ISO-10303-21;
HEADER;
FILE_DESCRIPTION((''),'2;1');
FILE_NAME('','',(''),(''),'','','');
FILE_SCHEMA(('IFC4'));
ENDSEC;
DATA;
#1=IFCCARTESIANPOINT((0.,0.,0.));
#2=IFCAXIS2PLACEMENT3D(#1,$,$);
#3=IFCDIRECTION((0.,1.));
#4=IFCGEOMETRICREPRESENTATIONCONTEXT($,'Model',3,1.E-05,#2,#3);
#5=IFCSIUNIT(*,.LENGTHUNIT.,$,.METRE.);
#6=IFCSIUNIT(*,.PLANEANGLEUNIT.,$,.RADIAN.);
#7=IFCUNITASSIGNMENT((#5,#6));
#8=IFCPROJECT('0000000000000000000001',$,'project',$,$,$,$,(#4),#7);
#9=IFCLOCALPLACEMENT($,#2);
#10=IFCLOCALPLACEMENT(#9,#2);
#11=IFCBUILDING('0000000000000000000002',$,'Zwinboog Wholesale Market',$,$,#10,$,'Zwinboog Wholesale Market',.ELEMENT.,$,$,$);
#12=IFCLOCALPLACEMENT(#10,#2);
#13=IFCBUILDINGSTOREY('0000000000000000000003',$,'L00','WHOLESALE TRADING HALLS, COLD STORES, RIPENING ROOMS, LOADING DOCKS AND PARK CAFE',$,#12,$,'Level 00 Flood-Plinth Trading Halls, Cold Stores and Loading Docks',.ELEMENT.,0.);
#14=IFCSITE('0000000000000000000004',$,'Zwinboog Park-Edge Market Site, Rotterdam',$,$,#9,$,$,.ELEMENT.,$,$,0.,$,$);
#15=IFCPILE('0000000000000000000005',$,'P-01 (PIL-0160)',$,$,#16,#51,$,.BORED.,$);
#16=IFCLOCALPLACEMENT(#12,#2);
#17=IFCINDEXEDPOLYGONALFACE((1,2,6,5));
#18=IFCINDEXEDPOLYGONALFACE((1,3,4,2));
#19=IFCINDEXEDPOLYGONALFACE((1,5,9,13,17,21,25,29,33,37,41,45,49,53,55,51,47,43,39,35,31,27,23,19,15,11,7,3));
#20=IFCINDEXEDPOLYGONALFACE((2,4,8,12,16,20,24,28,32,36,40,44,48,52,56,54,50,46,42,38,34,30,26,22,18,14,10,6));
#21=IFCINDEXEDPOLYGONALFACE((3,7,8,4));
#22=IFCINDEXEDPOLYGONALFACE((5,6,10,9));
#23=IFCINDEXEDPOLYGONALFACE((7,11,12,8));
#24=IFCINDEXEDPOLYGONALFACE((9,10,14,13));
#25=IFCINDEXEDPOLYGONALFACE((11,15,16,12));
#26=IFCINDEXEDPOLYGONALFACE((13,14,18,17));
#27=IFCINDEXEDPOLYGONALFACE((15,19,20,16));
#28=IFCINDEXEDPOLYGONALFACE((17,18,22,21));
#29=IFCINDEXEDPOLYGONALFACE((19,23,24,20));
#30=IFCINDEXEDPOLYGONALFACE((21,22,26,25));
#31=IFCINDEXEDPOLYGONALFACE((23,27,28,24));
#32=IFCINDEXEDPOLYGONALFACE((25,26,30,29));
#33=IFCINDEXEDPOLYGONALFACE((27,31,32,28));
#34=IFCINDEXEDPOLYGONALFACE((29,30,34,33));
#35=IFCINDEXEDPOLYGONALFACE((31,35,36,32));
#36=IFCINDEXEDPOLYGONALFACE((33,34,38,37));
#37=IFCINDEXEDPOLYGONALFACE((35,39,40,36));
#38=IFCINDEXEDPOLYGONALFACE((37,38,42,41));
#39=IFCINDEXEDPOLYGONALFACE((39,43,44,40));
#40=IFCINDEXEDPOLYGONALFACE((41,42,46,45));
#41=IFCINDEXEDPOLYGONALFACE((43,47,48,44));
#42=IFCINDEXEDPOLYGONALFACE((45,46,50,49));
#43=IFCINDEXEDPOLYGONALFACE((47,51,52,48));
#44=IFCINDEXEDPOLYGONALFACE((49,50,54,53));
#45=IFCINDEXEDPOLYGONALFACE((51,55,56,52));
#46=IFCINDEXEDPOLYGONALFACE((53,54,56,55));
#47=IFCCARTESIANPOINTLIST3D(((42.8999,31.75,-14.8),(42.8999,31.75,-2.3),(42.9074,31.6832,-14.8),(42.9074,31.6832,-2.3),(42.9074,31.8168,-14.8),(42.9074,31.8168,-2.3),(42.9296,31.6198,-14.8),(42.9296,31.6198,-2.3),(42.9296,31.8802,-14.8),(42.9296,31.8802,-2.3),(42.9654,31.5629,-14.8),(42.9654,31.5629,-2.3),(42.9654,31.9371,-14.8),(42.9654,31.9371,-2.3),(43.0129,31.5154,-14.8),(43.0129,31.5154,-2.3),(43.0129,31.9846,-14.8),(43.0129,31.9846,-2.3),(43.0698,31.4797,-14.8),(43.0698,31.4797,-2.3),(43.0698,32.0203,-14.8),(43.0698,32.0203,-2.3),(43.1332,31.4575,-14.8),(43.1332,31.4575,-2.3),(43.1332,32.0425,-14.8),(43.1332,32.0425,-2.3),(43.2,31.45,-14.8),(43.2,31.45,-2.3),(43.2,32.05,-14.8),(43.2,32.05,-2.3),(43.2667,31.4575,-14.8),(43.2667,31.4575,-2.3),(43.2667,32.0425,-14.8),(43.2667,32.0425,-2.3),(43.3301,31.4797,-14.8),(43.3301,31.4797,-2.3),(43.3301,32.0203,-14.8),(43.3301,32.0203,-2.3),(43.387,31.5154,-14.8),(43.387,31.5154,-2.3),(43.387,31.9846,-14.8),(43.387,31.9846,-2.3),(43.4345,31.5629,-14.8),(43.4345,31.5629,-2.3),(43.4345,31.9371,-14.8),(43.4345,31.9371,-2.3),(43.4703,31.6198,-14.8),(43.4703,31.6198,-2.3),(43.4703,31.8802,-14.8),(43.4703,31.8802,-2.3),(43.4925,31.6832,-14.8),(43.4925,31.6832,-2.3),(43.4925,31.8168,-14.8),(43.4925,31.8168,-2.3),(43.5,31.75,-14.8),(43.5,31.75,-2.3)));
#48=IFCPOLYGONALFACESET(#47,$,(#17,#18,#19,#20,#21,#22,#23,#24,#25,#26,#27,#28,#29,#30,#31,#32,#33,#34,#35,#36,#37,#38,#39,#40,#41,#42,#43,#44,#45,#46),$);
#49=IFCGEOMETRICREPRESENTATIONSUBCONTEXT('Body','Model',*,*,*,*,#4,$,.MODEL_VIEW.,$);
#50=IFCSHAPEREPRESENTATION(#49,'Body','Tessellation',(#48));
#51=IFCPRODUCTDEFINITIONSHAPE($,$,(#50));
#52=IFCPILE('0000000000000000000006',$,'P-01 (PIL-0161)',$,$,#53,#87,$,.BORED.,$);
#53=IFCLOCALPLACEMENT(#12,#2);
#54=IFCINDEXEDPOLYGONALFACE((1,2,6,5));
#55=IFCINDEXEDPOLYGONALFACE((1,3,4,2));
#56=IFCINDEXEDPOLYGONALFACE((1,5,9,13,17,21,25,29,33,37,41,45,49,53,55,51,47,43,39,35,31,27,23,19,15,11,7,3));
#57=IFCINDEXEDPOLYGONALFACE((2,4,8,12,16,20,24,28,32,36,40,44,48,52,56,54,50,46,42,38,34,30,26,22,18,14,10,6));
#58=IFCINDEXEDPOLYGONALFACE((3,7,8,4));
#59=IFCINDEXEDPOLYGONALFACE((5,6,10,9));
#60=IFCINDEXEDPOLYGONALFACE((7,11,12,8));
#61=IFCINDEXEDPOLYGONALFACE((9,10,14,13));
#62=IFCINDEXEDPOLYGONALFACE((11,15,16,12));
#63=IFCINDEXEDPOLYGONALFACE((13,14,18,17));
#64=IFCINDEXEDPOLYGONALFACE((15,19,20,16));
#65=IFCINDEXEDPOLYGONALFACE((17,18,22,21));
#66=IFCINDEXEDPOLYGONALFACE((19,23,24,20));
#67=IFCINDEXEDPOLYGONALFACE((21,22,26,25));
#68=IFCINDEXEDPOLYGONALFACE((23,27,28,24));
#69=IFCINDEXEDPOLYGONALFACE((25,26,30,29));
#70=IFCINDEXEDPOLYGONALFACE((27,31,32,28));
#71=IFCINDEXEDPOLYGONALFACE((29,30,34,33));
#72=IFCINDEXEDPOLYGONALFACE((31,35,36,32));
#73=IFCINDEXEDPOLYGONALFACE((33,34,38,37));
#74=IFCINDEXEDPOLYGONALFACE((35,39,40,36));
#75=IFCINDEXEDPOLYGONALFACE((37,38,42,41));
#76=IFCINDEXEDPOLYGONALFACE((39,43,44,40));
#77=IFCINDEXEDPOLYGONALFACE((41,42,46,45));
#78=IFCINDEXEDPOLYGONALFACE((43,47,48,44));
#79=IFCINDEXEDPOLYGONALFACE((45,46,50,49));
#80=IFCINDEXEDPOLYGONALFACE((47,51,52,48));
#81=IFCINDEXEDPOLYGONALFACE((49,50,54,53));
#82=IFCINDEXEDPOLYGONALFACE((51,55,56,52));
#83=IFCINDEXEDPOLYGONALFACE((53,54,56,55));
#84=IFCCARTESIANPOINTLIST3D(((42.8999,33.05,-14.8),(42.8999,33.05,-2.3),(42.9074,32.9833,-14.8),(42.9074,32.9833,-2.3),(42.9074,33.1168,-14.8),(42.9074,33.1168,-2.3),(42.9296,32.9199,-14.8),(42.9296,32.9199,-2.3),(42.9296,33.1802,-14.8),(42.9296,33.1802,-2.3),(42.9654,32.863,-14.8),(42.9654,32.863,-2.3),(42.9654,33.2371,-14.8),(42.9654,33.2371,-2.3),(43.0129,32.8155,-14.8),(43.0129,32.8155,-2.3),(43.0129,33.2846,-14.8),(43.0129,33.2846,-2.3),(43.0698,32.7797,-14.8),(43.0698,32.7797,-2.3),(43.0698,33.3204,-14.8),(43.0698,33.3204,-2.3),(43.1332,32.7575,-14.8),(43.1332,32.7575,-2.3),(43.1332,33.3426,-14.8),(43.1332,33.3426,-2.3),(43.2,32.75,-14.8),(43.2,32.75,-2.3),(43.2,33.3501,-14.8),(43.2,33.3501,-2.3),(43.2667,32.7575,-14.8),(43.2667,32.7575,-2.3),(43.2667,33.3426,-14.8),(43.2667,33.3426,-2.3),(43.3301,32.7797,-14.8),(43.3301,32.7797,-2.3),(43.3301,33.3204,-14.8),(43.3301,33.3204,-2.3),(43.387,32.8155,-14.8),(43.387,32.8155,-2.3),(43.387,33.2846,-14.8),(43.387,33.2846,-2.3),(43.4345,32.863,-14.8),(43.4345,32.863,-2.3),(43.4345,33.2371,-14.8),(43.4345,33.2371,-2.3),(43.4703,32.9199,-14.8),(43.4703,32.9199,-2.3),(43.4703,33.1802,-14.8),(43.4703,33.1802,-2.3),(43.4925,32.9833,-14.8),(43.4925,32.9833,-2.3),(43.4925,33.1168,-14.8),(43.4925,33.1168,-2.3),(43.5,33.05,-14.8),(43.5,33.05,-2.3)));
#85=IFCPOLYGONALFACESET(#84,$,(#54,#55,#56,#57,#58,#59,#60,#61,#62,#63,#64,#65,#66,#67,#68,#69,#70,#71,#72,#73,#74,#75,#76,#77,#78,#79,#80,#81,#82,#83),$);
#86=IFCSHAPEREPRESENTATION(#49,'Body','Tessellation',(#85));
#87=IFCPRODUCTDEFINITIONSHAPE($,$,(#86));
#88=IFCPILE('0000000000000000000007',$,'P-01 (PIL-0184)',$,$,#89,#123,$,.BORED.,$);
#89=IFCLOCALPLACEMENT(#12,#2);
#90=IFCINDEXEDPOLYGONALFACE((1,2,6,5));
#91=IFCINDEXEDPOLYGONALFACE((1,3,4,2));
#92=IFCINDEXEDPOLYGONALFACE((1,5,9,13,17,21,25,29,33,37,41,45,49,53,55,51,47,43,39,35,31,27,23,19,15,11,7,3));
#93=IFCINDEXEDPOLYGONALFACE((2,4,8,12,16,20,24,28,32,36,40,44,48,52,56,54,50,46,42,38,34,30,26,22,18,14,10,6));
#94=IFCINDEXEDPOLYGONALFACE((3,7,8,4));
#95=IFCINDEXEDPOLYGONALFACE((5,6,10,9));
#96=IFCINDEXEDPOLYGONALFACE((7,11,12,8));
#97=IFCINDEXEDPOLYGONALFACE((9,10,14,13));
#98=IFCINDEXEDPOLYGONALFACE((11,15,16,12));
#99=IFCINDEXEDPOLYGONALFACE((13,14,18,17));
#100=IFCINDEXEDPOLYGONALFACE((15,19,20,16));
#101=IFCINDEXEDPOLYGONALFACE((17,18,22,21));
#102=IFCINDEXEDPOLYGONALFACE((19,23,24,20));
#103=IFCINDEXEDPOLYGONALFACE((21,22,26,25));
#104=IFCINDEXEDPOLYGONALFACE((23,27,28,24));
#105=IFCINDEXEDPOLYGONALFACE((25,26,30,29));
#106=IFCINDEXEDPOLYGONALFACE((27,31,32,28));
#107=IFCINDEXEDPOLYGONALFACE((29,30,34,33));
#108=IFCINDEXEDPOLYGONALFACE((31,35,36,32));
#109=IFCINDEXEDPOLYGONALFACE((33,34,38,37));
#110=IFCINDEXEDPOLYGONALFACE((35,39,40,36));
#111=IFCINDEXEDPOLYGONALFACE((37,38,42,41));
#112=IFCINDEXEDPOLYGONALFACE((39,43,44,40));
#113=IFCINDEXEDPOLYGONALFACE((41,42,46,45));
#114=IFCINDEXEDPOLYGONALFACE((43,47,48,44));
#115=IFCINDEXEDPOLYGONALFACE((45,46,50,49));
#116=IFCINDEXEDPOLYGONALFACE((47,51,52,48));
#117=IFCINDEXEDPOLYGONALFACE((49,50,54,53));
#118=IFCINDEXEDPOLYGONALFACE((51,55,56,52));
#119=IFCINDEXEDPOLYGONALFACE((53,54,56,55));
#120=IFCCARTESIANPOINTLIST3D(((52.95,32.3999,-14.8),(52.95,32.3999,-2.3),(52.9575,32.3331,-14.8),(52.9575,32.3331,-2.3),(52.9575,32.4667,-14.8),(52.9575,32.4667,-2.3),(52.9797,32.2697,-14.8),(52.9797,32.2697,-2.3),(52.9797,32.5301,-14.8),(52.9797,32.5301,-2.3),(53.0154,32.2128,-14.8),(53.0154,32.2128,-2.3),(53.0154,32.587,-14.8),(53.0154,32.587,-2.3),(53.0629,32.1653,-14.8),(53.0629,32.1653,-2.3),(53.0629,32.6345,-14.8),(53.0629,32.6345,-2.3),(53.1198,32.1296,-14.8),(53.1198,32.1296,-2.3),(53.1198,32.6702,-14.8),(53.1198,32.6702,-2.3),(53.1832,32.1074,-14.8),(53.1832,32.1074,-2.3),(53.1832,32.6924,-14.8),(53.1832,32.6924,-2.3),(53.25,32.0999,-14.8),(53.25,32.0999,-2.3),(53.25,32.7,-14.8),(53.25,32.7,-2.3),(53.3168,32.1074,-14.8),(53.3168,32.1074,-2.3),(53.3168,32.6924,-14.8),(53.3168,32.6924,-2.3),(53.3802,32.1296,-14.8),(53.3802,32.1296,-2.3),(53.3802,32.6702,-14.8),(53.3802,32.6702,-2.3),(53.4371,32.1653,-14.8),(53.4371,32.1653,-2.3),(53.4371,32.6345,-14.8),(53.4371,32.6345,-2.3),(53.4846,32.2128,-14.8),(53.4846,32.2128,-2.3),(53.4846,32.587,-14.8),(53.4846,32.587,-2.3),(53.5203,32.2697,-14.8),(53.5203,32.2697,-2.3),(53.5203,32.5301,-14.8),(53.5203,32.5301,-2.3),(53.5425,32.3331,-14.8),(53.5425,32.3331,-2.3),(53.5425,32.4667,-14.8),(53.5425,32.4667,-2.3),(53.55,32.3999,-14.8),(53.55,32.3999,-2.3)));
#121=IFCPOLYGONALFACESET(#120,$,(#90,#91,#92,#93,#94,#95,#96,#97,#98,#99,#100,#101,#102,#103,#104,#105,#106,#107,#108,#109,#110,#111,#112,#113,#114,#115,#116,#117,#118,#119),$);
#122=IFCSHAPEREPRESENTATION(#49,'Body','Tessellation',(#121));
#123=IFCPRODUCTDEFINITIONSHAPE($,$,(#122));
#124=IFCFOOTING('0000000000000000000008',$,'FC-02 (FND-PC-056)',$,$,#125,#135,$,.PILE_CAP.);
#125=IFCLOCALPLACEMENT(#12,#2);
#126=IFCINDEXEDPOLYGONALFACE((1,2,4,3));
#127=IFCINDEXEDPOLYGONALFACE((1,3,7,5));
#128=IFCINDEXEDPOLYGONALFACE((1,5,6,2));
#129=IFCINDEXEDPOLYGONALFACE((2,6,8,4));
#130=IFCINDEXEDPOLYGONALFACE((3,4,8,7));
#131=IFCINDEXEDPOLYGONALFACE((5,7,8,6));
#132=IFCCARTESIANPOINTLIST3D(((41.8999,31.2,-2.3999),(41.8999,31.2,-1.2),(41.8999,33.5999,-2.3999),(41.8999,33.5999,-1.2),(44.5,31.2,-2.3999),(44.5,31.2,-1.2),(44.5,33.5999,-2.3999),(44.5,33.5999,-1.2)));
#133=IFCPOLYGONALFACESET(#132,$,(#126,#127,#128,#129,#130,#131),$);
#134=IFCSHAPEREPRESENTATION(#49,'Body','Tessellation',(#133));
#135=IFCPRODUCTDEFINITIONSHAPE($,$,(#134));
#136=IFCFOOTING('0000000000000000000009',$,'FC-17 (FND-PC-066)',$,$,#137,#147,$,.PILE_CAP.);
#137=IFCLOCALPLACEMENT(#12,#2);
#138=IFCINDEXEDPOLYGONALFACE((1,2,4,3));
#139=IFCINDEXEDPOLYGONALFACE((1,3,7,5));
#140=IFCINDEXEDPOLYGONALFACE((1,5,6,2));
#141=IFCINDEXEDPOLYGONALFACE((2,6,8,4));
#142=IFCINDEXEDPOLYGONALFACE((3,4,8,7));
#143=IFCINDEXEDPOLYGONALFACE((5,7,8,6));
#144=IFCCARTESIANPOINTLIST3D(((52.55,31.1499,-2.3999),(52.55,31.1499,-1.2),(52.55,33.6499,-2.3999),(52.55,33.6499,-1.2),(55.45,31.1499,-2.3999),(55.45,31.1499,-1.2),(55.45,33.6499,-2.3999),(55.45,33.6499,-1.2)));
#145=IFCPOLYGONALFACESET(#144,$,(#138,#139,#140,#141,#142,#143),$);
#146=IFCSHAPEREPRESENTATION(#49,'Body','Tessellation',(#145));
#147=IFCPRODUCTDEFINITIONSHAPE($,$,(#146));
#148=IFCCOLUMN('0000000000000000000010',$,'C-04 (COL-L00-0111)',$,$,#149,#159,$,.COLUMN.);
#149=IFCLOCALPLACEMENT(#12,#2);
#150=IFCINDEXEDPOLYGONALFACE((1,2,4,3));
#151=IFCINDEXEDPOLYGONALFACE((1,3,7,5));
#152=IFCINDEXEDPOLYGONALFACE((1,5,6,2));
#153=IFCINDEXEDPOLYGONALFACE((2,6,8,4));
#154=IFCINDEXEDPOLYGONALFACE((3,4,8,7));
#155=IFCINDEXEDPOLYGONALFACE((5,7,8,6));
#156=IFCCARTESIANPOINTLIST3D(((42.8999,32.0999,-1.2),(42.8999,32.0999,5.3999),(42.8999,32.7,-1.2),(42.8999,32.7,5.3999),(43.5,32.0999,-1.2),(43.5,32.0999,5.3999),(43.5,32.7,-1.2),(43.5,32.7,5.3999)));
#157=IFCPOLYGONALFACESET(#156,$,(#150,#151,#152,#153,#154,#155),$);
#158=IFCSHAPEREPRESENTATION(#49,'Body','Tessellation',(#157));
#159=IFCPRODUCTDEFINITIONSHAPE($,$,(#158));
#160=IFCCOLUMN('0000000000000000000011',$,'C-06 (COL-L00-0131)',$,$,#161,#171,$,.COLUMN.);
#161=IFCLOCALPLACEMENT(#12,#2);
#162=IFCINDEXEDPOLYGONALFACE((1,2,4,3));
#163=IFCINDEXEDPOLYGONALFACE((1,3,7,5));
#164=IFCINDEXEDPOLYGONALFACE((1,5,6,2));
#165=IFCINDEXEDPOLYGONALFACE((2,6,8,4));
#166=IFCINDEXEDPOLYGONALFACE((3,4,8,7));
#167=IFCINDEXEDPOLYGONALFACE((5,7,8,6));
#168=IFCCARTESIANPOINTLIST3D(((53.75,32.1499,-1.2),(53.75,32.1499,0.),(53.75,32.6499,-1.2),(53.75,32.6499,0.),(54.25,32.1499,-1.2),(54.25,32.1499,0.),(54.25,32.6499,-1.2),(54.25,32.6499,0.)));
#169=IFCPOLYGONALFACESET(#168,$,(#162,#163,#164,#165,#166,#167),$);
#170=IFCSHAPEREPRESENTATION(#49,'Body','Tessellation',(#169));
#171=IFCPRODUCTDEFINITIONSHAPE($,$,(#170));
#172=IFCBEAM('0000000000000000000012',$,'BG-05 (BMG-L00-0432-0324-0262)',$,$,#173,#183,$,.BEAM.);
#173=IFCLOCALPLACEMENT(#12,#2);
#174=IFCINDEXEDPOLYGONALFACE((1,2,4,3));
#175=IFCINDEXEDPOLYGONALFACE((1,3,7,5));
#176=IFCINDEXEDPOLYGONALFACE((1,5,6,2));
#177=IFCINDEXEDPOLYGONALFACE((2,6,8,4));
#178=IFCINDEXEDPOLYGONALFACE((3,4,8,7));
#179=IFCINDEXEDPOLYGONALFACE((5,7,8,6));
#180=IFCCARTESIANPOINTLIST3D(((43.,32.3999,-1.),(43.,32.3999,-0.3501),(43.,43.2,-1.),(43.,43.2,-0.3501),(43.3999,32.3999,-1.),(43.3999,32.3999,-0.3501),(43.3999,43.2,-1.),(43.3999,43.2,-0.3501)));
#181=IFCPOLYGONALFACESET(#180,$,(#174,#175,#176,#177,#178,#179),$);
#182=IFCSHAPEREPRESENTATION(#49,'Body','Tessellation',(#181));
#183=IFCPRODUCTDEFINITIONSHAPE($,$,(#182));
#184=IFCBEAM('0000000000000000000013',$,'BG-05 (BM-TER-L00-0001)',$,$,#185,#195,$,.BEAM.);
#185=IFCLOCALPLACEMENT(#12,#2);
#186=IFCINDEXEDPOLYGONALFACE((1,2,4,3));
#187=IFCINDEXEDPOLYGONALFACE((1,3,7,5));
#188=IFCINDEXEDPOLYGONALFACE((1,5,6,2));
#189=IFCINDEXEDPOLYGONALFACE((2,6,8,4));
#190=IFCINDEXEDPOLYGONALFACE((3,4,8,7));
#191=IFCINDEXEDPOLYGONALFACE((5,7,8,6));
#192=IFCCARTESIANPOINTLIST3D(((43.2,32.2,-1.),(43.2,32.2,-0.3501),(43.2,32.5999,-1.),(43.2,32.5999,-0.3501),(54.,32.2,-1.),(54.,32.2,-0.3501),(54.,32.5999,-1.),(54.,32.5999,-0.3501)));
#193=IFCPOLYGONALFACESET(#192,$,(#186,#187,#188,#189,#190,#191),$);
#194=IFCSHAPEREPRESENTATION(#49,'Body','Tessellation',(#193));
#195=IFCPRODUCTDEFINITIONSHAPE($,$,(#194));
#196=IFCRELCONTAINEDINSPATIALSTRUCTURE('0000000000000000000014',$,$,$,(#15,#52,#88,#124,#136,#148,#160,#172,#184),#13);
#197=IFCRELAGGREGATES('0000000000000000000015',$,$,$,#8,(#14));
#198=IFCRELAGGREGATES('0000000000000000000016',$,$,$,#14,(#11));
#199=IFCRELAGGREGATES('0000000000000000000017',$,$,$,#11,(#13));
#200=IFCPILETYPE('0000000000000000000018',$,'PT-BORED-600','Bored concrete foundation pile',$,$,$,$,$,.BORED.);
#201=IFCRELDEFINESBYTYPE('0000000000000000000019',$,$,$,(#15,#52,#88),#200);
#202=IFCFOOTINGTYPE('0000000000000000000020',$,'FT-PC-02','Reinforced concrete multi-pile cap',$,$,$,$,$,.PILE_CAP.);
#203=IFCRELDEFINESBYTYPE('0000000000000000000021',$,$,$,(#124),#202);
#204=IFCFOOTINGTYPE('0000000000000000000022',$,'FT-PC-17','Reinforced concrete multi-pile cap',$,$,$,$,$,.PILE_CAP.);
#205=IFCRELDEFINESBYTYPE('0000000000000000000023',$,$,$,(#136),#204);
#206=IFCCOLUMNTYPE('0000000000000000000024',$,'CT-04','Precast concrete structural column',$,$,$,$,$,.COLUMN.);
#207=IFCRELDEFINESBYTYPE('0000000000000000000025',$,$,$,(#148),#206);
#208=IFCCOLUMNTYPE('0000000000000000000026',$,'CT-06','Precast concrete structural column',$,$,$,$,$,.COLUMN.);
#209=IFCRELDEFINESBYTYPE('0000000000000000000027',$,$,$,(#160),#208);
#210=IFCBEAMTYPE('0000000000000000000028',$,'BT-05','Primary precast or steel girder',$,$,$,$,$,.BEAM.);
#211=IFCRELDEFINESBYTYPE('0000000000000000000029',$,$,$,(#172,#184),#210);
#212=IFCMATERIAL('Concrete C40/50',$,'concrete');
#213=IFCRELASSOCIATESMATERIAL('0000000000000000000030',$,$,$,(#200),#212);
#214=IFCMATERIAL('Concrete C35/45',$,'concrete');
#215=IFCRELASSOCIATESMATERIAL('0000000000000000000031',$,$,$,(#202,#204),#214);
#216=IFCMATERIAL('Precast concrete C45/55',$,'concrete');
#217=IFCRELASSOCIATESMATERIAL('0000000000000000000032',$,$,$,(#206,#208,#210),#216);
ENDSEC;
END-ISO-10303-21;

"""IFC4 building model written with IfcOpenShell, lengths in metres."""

from ifc_helpers import new_model, si_unit, direction, frame, origin, origin_2d, place, context, subcontext, project, spatial, rectangle, circle, extrude, material, material_profile, profile_set, type_object, element, save


model = new_model("IFC4")

# Units and contexts
model_context = context("Model", 3, precision=1e-05, world=origin(), true_north=direction((0.0, 1.0)))
body_context = subcontext(model_context, "Body", "Model", "MODEL_VIEW")
ifc_project = project(units=[si_unit("LENGTHUNIT", "METRE"), si_unit("PLANEANGLEUNIT", "RADIAN")], contexts=[model_context])

# Site, building, storey
site_placement = place(None, origin())
site = spatial("IfcSite", under=ifc_project, at=site_placement, Name="Zwinboog Park-Edge Market Site, Rotterdam", CompositionType="ELEMENT", RefElevation=0.0)
building_placement = place(site_placement, origin())
building = spatial("IfcBuilding", under=site, at=building_placement, Name="Zwinboog Wholesale Market", LongName="Zwinboog Wholesale Market", CompositionType="ELEMENT")
storey_placement = place(building_placement, origin())
storey = spatial("IfcBuildingStorey", under=building, at=storey_placement, Name="L00", Description="WHOLESALE TRADING HALLS, COLD STORES, RIPENING ROOMS, LOADING DOCKS AND PARK CAFE", LongName="Level 00 Flood-Plinth Trading Halls, Cold Stores and Loading Docks", CompositionType="ELEMENT", Elevation=0.0)

# Piles
ifc_material_1 = material(Name="Concrete C40/50", Category="concrete")
ifc_material_profile_1 = material_profile(ifc_material_1, circle(Radius=0.3, at=origin_2d()), Name="PILE D600")
ifc_profile_set_1 = profile_set([ifc_material_profile_1], Name="Concrete C40/50")
pile_type = type_object("IfcPileType", Name="PT-BORED-600", Description="Bored concrete foundation pile", PredefinedType="BORED", material=ifc_profile_set_1)
for number, where, z_axis, x_axis, name in (
    (1, (43.2, 31.75, -2.3), (0.0, 0.0, -1.0), (1.0, 0.0, 0.0), "P-01 (PIL-0160)"),
    (2, (43.2, 33.05, -2.3), (0.0, 0.0, -1.0), (1.0, 0.0, 0.0), "P-01 (PIL-0161)"),
    (3, (53.25, 32.3999, -2.3), (0.0, 0.0, -1.0), (1.0, 0.0, 0.0), "P-01 (PIL-0184)"),
):
    element("IfcPile", number, at=place(storey_placement, frame(where, z_axis=z_axis, x_axis=x_axis)), inside=storey, type_object=pile_type, Name=name, PredefinedType="BORED", context=body_context, shape_type="SweptSolid", body=[
        extrude(circle(Radius=0.3, at=origin_2d()), origin(), (0.0, 0.0, 1.0), 12.5),
    ])

# Footings
ifc_material_2 = material(Name="Concrete C35/45", Category="concrete")
footing_type_1 = type_object("IfcFootingType", Name="FT-PC-02", Description="Reinforced concrete multi-pile cap", PredefinedType="PILE_CAP", material=ifc_material_2)
footing_1_placement = place(storey_placement, frame((43.2, 32.3999, -2.3999), z_axis=(0.0, 0.0, 1.0), x_axis=(1.0, 0.0, 0.0)))
element("IfcFooting", 4, at=footing_1_placement, inside=storey, type_object=footing_type_1, Name="FC-02 (FND-PC-056)", PredefinedType="PILE_CAP", context=body_context, shape_type="SweptSolid", body=[
    extrude(rectangle(XDim=2.6001, YDim=2.3999, at=origin_2d()), origin(), (0.0, 0.0, 1.0), 1.2),
])
footing_type_2 = type_object("IfcFootingType", Name="FT-PC-17", Description="Reinforced concrete multi-pile cap", PredefinedType="PILE_CAP", material=ifc_material_2)
footing_2_placement = place(storey_placement, frame((54.0, 32.3999, -2.3999), z_axis=(0.0, 0.0, 1.0), x_axis=(1.0, 0.0, 0.0)))
element("IfcFooting", 5, at=footing_2_placement, inside=storey, type_object=footing_type_2, Name="FC-17 (FND-PC-066)", PredefinedType="PILE_CAP", context=body_context, shape_type="SweptSolid", body=[
    extrude(rectangle(XDim=2.8999, YDim=2.5, at=origin_2d()), origin(), (0.0, 0.0, 1.0), 1.2),
])

# Columns
ifc_material_3 = material(Name="Precast concrete C45/55", Category="concrete")
ifc_material_profile_2 = material_profile(ifc_material_3, rectangle(XDim=0.6001, YDim=0.6001, at=origin_2d()), Name="PC 600x600")
ifc_profile_set_2 = profile_set([ifc_material_profile_2], Name="Precast concrete C45/55")
column_type_1 = type_object("IfcColumnType", Name="CT-04", Description="Precast concrete structural column", PredefinedType="COLUMN", material=ifc_profile_set_2)
column_1_placement = place(storey_placement, frame((43.2, 32.3999, -1.2), z_axis=(0.0, 0.0, 1.0), x_axis=(1.0, 0.0, 0.0)))
element("IfcColumn", 6, at=column_1_placement, inside=storey, type_object=column_type_1, Name="C-04 (COL-L00-0111)", PredefinedType="COLUMN", context=body_context, shape_type="SweptSolid", body=[
    extrude(rectangle(XDim=0.6001, YDim=0.6001, at=origin_2d()), origin(), (0.0, 0.0, 1.0), 6.5999),
])
ifc_material_profile_3 = material_profile(ifc_material_3, rectangle(XDim=0.5, YDim=0.5, at=origin_2d()), Name="PC 500x500")
ifc_profile_set_3 = profile_set([ifc_material_profile_3], Name="Precast concrete C45/55")
column_type_2 = type_object("IfcColumnType", Name="CT-06", Description="Precast concrete structural column", PredefinedType="COLUMN", material=ifc_profile_set_3)
column_2_placement = place(storey_placement, frame((54.0, 32.3999, -1.2), z_axis=(0.0, 0.0, 1.0), x_axis=(1.0, 0.0, 0.0)))
element("IfcColumn", 7, at=column_2_placement, inside=storey, type_object=column_type_2, Name="C-06 (COL-L00-0131)", PredefinedType="COLUMN", context=body_context, shape_type="SweptSolid", body=[
    extrude(rectangle(XDim=0.5, YDim=0.5, at=origin_2d()), origin(), (0.0, 0.0, 1.0), 1.2),
])

# Beams
ifc_material_profile_4 = material_profile(ifc_material_3, rectangle(XDim=0.3999, YDim=0.6499, at=origin_2d()), Name="PC 400x650")
ifc_profile_set_4 = profile_set([ifc_material_profile_4], Name="Precast concrete C45/55")
beam_type_1 = type_object("IfcBeamType", Name="BT-05", Description="Primary precast or steel girder", PredefinedType="BEAM", material=ifc_profile_set_4)
for number, where, z_axis, x_axis, name in (
    (8, (43.2, 32.3999, -0.675), (0.0, 1.0, 0.0), (-1.0, 0.0, 0.0), "BG-05 (BMG-L00-0432-0324-0262)"),
    (9, (43.2, 32.3999, -0.675), (1.0, 0.0, 0.0), (0.0, 1.0, 0.0), "BG-05 (BM-TER-L00-0001)"),
):
    element("IfcBeam", number, at=place(storey_placement, frame(where, z_axis=z_axis, x_axis=x_axis)), inside=storey, type_object=beam_type_1, Name=name, PredefinedType="BEAM", context=body_context, shape_type="SweptSolid", body=[
        extrude(rectangle(XDim=0.3999, YDim=0.6499, at=origin_2d()), origin(), (0.0, 0.0, 1.0), 10.8),
    ])

save(model, "model.ifc")
